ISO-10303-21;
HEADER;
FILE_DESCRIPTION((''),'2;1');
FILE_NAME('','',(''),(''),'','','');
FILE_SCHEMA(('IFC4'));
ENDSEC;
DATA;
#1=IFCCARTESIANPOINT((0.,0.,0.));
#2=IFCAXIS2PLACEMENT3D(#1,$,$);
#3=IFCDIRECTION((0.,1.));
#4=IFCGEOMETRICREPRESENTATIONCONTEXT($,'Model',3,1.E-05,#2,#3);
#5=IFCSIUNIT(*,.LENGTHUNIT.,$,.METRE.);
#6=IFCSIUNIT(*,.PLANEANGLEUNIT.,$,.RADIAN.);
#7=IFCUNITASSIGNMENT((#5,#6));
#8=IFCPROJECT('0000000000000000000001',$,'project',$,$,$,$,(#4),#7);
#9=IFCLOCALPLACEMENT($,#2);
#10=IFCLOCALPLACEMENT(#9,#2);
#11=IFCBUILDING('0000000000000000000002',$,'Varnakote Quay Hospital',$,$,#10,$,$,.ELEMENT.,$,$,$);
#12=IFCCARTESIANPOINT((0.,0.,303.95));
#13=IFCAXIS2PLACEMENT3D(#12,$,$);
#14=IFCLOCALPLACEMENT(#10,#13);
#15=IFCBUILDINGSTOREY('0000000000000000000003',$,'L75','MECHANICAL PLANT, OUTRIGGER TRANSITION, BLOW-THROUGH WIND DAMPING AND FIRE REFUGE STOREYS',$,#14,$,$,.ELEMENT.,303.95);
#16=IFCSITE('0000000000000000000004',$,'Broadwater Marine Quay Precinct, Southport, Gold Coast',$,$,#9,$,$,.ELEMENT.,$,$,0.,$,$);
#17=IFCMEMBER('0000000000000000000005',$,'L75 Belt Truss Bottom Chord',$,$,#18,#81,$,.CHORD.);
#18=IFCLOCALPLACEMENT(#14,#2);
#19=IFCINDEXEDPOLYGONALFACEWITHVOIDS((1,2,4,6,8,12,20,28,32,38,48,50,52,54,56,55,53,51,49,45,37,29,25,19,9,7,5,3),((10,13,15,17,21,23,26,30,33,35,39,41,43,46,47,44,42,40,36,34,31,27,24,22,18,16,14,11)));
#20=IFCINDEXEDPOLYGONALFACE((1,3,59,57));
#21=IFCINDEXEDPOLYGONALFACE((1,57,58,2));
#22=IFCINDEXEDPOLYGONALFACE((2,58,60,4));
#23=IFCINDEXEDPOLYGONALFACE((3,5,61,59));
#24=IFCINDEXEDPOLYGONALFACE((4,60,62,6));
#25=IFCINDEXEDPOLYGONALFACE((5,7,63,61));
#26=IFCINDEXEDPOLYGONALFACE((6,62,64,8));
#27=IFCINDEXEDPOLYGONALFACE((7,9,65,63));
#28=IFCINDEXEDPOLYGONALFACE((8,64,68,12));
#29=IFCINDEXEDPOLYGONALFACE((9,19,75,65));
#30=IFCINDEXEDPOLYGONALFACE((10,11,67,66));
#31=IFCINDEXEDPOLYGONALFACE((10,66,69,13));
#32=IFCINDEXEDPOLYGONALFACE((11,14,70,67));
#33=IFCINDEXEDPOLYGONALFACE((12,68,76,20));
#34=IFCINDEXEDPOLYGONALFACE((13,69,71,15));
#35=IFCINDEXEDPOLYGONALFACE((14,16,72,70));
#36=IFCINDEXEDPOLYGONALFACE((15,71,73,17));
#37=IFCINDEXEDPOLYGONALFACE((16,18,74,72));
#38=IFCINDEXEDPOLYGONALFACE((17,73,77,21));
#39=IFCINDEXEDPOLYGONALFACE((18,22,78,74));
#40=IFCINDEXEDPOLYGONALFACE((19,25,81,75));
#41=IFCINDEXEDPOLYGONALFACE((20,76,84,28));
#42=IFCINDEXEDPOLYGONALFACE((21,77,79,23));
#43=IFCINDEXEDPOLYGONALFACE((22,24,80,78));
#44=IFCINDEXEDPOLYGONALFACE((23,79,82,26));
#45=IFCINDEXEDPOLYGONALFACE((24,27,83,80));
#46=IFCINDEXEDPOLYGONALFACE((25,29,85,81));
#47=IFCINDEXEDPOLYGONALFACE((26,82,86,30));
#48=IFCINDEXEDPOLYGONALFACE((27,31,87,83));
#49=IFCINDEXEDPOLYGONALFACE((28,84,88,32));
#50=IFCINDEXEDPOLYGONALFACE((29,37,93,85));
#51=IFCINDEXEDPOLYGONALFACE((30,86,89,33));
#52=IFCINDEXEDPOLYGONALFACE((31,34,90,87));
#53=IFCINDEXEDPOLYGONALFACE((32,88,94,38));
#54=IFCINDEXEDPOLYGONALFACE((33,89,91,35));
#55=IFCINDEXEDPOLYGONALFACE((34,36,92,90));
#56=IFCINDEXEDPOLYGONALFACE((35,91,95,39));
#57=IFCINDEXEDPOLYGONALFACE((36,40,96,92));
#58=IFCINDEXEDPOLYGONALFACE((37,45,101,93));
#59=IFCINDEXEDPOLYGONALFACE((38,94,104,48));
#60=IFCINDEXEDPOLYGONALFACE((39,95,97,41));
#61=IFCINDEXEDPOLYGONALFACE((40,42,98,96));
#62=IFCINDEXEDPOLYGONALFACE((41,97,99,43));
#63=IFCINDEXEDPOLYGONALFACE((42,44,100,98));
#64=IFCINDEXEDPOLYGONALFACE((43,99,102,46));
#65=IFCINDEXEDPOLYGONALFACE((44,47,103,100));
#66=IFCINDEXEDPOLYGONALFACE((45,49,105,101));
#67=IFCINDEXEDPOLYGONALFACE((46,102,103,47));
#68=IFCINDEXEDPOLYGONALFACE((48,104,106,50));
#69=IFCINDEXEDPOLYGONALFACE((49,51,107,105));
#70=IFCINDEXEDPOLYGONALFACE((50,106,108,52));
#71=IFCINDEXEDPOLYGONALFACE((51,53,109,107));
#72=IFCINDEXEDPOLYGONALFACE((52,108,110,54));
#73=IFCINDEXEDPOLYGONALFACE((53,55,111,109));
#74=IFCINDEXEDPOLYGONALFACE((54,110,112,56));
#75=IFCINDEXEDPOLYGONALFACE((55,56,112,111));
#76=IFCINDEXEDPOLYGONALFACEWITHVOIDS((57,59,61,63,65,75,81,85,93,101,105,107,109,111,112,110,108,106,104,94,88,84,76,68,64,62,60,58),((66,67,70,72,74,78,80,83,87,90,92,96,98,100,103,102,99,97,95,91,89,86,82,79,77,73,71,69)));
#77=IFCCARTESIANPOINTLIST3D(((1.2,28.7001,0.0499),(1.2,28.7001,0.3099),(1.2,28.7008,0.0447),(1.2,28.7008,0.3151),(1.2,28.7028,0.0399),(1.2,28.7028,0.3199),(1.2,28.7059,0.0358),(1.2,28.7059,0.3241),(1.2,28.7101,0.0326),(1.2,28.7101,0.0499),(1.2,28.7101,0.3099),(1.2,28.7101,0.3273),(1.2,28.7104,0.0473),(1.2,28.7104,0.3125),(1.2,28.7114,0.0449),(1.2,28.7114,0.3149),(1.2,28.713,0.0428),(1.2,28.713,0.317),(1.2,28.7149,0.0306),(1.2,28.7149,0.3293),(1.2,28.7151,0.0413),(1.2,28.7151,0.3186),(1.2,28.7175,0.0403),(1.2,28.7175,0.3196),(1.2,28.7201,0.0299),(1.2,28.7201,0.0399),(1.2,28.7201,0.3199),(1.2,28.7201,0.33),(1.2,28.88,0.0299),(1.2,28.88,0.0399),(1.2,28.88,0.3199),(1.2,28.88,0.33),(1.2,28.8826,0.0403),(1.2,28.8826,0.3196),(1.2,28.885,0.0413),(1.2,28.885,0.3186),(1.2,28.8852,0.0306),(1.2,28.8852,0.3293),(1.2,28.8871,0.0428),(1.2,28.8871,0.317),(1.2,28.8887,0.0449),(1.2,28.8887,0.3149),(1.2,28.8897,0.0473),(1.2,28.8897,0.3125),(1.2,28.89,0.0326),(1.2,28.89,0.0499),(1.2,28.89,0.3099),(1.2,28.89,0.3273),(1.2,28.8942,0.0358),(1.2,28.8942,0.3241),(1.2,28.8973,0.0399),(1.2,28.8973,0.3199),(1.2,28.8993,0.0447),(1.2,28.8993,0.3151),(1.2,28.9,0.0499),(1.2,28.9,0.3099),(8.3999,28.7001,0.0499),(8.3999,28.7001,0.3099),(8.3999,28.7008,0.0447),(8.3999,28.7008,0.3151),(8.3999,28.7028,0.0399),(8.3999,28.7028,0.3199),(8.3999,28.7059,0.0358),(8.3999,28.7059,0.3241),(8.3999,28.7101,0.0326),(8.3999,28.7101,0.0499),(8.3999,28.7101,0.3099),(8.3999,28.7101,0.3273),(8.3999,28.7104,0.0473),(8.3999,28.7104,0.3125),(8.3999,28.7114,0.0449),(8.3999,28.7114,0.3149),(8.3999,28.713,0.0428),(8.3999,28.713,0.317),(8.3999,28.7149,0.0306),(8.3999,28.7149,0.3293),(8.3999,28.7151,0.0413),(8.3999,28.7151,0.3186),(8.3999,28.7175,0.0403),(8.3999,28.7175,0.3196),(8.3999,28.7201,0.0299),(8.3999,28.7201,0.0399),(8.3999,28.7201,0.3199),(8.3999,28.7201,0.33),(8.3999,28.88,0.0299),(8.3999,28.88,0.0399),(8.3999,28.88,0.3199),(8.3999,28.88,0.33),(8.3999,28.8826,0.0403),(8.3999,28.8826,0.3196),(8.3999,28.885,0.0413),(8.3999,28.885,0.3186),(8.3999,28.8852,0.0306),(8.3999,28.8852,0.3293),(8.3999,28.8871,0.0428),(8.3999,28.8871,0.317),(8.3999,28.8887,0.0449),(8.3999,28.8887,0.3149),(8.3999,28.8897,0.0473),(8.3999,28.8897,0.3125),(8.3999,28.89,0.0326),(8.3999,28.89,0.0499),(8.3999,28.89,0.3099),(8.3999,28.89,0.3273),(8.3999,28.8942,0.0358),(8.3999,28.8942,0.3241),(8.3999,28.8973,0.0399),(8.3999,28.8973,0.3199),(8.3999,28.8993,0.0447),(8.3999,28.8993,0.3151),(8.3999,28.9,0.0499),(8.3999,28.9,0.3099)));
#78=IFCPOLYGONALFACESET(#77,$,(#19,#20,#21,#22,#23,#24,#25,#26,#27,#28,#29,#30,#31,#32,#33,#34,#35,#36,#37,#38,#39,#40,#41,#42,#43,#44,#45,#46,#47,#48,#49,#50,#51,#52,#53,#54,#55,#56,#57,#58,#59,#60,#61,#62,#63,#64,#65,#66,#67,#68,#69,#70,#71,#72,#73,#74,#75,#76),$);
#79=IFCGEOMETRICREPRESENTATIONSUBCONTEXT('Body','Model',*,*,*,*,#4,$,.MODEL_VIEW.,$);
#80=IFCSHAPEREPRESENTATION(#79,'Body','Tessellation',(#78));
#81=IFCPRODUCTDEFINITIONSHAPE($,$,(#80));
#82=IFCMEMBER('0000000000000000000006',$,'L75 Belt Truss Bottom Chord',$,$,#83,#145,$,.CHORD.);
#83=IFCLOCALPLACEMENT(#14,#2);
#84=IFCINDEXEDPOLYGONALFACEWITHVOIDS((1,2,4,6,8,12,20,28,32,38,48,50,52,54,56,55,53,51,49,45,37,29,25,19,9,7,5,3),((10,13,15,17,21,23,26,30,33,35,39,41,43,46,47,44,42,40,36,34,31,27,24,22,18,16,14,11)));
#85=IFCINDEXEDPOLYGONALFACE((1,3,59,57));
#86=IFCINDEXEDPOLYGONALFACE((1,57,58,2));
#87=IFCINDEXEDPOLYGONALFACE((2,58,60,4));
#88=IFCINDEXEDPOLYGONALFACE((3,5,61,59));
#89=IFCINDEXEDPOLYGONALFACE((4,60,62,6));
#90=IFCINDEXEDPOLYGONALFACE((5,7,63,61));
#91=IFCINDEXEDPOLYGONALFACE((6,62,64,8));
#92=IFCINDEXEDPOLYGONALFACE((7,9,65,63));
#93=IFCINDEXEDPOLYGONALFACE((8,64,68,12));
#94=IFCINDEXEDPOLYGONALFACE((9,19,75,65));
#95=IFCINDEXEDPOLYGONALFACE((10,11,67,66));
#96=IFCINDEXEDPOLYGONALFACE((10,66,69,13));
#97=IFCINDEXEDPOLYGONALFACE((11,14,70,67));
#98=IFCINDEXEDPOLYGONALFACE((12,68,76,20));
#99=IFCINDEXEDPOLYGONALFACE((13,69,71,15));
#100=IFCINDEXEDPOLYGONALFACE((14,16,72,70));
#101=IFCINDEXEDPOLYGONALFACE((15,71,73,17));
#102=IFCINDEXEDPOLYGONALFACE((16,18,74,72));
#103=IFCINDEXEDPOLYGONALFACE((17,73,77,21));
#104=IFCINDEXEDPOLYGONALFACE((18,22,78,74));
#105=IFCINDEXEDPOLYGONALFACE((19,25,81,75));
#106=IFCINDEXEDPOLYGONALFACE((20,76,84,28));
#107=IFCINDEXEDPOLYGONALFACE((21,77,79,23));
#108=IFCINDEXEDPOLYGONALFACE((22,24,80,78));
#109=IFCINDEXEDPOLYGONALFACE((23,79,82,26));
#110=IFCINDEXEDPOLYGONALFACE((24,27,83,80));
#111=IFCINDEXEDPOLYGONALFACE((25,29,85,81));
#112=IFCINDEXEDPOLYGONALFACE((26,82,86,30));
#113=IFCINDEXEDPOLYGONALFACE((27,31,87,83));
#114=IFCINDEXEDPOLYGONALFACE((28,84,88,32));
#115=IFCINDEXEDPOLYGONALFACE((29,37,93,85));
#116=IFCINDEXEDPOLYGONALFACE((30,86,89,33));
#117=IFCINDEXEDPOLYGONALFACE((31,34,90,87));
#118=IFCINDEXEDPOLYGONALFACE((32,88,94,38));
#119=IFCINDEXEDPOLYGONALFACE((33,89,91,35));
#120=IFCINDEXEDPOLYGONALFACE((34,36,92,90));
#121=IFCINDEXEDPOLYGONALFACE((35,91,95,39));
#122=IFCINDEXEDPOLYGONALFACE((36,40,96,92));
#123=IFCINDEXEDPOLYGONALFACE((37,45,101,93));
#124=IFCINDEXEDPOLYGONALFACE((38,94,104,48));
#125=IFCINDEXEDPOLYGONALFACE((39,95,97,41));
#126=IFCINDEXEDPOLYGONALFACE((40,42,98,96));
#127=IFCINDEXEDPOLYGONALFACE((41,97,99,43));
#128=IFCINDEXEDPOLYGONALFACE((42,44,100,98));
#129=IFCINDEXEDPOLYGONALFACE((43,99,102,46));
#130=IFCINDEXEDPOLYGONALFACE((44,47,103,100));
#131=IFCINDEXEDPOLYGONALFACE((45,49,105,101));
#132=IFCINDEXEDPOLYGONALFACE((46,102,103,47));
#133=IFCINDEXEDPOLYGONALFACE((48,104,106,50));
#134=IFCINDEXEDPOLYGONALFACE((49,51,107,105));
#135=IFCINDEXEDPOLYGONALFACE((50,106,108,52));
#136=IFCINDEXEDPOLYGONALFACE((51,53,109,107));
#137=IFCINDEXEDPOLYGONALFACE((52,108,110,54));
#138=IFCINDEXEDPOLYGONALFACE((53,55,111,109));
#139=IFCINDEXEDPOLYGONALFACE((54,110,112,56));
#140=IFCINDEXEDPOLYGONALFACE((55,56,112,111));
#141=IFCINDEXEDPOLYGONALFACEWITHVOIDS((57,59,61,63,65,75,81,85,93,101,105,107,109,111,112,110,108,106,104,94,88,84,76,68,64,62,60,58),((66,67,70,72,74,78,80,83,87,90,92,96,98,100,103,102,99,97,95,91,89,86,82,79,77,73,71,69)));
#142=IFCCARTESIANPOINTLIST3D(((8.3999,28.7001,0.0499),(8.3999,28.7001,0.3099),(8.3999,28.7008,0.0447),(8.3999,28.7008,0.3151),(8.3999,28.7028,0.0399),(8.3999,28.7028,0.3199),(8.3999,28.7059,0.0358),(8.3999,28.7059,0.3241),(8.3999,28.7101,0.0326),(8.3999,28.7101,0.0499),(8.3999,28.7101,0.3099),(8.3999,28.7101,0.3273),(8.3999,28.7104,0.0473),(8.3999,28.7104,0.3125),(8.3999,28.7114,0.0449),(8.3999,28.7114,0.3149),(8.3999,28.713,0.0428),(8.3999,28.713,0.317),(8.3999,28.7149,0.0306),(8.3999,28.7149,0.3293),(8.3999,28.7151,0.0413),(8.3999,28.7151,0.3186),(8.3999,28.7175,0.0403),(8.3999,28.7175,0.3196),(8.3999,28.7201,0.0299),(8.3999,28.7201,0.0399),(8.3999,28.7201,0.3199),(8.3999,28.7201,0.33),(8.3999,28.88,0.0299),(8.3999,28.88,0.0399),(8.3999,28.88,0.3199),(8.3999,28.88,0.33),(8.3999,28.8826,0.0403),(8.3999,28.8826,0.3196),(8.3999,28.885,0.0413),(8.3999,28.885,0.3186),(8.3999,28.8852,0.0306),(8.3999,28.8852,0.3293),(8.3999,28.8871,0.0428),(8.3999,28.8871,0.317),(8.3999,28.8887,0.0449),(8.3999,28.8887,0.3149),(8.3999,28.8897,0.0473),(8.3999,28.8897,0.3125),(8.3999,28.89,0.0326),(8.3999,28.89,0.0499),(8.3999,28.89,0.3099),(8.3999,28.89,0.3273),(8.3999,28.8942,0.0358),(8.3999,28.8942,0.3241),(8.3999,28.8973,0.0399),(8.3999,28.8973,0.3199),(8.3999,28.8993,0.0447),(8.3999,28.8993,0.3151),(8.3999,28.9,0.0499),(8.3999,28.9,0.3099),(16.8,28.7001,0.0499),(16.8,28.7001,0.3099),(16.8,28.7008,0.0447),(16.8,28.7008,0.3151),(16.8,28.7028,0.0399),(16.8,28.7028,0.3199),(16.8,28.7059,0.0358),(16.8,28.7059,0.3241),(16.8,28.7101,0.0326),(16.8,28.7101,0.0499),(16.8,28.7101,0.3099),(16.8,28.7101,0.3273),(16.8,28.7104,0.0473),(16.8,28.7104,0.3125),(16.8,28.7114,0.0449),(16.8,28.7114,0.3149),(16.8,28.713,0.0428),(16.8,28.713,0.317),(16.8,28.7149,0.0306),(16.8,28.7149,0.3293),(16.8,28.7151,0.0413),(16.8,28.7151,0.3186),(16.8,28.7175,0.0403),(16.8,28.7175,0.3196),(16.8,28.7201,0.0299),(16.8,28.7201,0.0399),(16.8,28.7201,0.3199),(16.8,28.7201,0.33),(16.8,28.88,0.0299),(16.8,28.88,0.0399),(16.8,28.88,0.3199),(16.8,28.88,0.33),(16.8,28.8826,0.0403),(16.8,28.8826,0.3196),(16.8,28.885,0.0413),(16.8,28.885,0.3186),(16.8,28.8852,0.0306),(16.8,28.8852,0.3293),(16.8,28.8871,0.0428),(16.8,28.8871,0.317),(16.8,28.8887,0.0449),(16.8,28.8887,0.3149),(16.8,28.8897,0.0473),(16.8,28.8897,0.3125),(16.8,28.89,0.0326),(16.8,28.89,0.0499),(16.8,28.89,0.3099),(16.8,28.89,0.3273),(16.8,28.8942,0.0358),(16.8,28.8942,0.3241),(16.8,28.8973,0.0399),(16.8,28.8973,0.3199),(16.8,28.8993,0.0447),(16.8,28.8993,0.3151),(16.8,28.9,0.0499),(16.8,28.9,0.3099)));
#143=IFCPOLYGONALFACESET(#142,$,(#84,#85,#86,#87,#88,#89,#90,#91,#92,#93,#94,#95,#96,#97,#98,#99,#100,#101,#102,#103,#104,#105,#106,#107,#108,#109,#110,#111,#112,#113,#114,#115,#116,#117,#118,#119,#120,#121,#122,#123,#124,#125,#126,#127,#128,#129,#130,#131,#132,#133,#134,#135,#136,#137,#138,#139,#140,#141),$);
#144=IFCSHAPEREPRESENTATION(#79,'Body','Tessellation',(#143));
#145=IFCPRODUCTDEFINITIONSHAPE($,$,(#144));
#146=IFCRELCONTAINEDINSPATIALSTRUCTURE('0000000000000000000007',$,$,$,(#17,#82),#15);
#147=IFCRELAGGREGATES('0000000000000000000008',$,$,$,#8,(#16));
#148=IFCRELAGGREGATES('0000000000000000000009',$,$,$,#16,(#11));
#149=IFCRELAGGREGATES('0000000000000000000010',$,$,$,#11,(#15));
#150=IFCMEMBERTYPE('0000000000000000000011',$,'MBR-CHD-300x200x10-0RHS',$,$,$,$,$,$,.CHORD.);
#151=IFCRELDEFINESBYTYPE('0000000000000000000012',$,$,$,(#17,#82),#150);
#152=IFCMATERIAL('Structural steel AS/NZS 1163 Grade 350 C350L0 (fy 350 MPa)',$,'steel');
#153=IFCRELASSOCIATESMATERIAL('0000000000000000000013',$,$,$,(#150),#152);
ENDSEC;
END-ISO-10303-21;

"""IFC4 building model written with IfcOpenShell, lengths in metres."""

from ifc_helpers import new_model, si_unit, direction, frame, origin, origin_2d, place, context, subcontext, project, spatial, hollow_rectangle, extrude, material, material_profile, profile_set, type_object, element, save


model = new_model("IFC4")

# Units and contexts
model_context = context("Model", 3, precision=1e-05, world=origin(), true_north=direction((0.0, 1.0)))
body_context = subcontext(model_context, "Body", "Model", "MODEL_VIEW")
ifc_project = project(units=[si_unit("LENGTHUNIT", "METRE"), si_unit("PLANEANGLEUNIT", "RADIAN")], contexts=[model_context])

# Site, building, storey
site_placement = place(None, origin())
site = spatial("IfcSite", under=ifc_project, at=site_placement, Name="Broadwater Marine Quay Precinct, Southport, Gold Coast", CompositionType="ELEMENT", RefElevation=0.0)
building_placement = place(site_placement, origin())
building = spatial("IfcBuilding", under=site, at=building_placement, Name="Varnakote Quay Hospital", CompositionType="ELEMENT")
storey_placement = place(building_placement, frame((0.0, 0.0, 303.95)))
storey = spatial("IfcBuildingStorey", under=building, at=storey_placement, Name="L75", Description="MECHANICAL PLANT, OUTRIGGER TRANSITION, BLOW-THROUGH WIND DAMPING AND FIRE REFUGE STOREYS", CompositionType="ELEMENT", Elevation=303.95)

# Members
ifc_material_1 = material(Name="Structural steel AS/NZS 1163 Grade 350 C350L0 (fy 350 MPa)", Category="steel")
ifc_material_profile_1 = material_profile(ifc_material_1, hollow_rectangle(XDim=0.2, YDim=0.3, WallThickness=0.01, InnerFilletRadius=0.01, OuterFilletRadius=0.02, at=origin_2d()), Name="300x200x10.0RHS")
ifc_profile_set_1 = profile_set([ifc_material_profile_1], Name="Structural steel AS/NZS 1163 Grade 350 C350L0 (fy 350 MPa)")
member_type_1 = type_object("IfcMemberType", Name="MBR-CHD-300x200x10-0RHS", PredefinedType="CHORD", material=ifc_profile_set_1)
member_1_placement = place(storey_placement, frame((1.2, 28.8, 0.1799), z_axis=(1.0, 0.0, 0.0), x_axis=(0.0, 1.0, 0.0)))
element("IfcMember", 1, at=member_1_placement, inside=storey, type_object=member_type_1, Name="L75 Belt Truss Bottom Chord", PredefinedType="CHORD", context=body_context, shape_type="SweptSolid", body=[
    extrude(hollow_rectangle(XDim=0.2, YDim=0.3, WallThickness=0.01, InnerFilletRadius=0.01, OuterFilletRadius=0.02, at=origin_2d()), origin(), (0.0, 0.0, 1.0), 7.2),
])
member_2_placement = place(storey_placement, frame((8.3999, 28.8, 0.1799), z_axis=(1.0, 0.0, 0.0), x_axis=(0.0, 1.0, 0.0)))
element("IfcMember", 2, at=member_2_placement, inside=storey, type_object=member_type_1, Name="L75 Belt Truss Bottom Chord", PredefinedType="CHORD", context=body_context, shape_type="SweptSolid", body=[
    extrude(hollow_rectangle(XDim=0.2, YDim=0.3, WallThickness=0.01, InnerFilletRadius=0.01, OuterFilletRadius=0.02, at=origin_2d()), origin(), (0.0, 0.0, 1.0), 8.4001),
])

save(model, "model.ifc")
